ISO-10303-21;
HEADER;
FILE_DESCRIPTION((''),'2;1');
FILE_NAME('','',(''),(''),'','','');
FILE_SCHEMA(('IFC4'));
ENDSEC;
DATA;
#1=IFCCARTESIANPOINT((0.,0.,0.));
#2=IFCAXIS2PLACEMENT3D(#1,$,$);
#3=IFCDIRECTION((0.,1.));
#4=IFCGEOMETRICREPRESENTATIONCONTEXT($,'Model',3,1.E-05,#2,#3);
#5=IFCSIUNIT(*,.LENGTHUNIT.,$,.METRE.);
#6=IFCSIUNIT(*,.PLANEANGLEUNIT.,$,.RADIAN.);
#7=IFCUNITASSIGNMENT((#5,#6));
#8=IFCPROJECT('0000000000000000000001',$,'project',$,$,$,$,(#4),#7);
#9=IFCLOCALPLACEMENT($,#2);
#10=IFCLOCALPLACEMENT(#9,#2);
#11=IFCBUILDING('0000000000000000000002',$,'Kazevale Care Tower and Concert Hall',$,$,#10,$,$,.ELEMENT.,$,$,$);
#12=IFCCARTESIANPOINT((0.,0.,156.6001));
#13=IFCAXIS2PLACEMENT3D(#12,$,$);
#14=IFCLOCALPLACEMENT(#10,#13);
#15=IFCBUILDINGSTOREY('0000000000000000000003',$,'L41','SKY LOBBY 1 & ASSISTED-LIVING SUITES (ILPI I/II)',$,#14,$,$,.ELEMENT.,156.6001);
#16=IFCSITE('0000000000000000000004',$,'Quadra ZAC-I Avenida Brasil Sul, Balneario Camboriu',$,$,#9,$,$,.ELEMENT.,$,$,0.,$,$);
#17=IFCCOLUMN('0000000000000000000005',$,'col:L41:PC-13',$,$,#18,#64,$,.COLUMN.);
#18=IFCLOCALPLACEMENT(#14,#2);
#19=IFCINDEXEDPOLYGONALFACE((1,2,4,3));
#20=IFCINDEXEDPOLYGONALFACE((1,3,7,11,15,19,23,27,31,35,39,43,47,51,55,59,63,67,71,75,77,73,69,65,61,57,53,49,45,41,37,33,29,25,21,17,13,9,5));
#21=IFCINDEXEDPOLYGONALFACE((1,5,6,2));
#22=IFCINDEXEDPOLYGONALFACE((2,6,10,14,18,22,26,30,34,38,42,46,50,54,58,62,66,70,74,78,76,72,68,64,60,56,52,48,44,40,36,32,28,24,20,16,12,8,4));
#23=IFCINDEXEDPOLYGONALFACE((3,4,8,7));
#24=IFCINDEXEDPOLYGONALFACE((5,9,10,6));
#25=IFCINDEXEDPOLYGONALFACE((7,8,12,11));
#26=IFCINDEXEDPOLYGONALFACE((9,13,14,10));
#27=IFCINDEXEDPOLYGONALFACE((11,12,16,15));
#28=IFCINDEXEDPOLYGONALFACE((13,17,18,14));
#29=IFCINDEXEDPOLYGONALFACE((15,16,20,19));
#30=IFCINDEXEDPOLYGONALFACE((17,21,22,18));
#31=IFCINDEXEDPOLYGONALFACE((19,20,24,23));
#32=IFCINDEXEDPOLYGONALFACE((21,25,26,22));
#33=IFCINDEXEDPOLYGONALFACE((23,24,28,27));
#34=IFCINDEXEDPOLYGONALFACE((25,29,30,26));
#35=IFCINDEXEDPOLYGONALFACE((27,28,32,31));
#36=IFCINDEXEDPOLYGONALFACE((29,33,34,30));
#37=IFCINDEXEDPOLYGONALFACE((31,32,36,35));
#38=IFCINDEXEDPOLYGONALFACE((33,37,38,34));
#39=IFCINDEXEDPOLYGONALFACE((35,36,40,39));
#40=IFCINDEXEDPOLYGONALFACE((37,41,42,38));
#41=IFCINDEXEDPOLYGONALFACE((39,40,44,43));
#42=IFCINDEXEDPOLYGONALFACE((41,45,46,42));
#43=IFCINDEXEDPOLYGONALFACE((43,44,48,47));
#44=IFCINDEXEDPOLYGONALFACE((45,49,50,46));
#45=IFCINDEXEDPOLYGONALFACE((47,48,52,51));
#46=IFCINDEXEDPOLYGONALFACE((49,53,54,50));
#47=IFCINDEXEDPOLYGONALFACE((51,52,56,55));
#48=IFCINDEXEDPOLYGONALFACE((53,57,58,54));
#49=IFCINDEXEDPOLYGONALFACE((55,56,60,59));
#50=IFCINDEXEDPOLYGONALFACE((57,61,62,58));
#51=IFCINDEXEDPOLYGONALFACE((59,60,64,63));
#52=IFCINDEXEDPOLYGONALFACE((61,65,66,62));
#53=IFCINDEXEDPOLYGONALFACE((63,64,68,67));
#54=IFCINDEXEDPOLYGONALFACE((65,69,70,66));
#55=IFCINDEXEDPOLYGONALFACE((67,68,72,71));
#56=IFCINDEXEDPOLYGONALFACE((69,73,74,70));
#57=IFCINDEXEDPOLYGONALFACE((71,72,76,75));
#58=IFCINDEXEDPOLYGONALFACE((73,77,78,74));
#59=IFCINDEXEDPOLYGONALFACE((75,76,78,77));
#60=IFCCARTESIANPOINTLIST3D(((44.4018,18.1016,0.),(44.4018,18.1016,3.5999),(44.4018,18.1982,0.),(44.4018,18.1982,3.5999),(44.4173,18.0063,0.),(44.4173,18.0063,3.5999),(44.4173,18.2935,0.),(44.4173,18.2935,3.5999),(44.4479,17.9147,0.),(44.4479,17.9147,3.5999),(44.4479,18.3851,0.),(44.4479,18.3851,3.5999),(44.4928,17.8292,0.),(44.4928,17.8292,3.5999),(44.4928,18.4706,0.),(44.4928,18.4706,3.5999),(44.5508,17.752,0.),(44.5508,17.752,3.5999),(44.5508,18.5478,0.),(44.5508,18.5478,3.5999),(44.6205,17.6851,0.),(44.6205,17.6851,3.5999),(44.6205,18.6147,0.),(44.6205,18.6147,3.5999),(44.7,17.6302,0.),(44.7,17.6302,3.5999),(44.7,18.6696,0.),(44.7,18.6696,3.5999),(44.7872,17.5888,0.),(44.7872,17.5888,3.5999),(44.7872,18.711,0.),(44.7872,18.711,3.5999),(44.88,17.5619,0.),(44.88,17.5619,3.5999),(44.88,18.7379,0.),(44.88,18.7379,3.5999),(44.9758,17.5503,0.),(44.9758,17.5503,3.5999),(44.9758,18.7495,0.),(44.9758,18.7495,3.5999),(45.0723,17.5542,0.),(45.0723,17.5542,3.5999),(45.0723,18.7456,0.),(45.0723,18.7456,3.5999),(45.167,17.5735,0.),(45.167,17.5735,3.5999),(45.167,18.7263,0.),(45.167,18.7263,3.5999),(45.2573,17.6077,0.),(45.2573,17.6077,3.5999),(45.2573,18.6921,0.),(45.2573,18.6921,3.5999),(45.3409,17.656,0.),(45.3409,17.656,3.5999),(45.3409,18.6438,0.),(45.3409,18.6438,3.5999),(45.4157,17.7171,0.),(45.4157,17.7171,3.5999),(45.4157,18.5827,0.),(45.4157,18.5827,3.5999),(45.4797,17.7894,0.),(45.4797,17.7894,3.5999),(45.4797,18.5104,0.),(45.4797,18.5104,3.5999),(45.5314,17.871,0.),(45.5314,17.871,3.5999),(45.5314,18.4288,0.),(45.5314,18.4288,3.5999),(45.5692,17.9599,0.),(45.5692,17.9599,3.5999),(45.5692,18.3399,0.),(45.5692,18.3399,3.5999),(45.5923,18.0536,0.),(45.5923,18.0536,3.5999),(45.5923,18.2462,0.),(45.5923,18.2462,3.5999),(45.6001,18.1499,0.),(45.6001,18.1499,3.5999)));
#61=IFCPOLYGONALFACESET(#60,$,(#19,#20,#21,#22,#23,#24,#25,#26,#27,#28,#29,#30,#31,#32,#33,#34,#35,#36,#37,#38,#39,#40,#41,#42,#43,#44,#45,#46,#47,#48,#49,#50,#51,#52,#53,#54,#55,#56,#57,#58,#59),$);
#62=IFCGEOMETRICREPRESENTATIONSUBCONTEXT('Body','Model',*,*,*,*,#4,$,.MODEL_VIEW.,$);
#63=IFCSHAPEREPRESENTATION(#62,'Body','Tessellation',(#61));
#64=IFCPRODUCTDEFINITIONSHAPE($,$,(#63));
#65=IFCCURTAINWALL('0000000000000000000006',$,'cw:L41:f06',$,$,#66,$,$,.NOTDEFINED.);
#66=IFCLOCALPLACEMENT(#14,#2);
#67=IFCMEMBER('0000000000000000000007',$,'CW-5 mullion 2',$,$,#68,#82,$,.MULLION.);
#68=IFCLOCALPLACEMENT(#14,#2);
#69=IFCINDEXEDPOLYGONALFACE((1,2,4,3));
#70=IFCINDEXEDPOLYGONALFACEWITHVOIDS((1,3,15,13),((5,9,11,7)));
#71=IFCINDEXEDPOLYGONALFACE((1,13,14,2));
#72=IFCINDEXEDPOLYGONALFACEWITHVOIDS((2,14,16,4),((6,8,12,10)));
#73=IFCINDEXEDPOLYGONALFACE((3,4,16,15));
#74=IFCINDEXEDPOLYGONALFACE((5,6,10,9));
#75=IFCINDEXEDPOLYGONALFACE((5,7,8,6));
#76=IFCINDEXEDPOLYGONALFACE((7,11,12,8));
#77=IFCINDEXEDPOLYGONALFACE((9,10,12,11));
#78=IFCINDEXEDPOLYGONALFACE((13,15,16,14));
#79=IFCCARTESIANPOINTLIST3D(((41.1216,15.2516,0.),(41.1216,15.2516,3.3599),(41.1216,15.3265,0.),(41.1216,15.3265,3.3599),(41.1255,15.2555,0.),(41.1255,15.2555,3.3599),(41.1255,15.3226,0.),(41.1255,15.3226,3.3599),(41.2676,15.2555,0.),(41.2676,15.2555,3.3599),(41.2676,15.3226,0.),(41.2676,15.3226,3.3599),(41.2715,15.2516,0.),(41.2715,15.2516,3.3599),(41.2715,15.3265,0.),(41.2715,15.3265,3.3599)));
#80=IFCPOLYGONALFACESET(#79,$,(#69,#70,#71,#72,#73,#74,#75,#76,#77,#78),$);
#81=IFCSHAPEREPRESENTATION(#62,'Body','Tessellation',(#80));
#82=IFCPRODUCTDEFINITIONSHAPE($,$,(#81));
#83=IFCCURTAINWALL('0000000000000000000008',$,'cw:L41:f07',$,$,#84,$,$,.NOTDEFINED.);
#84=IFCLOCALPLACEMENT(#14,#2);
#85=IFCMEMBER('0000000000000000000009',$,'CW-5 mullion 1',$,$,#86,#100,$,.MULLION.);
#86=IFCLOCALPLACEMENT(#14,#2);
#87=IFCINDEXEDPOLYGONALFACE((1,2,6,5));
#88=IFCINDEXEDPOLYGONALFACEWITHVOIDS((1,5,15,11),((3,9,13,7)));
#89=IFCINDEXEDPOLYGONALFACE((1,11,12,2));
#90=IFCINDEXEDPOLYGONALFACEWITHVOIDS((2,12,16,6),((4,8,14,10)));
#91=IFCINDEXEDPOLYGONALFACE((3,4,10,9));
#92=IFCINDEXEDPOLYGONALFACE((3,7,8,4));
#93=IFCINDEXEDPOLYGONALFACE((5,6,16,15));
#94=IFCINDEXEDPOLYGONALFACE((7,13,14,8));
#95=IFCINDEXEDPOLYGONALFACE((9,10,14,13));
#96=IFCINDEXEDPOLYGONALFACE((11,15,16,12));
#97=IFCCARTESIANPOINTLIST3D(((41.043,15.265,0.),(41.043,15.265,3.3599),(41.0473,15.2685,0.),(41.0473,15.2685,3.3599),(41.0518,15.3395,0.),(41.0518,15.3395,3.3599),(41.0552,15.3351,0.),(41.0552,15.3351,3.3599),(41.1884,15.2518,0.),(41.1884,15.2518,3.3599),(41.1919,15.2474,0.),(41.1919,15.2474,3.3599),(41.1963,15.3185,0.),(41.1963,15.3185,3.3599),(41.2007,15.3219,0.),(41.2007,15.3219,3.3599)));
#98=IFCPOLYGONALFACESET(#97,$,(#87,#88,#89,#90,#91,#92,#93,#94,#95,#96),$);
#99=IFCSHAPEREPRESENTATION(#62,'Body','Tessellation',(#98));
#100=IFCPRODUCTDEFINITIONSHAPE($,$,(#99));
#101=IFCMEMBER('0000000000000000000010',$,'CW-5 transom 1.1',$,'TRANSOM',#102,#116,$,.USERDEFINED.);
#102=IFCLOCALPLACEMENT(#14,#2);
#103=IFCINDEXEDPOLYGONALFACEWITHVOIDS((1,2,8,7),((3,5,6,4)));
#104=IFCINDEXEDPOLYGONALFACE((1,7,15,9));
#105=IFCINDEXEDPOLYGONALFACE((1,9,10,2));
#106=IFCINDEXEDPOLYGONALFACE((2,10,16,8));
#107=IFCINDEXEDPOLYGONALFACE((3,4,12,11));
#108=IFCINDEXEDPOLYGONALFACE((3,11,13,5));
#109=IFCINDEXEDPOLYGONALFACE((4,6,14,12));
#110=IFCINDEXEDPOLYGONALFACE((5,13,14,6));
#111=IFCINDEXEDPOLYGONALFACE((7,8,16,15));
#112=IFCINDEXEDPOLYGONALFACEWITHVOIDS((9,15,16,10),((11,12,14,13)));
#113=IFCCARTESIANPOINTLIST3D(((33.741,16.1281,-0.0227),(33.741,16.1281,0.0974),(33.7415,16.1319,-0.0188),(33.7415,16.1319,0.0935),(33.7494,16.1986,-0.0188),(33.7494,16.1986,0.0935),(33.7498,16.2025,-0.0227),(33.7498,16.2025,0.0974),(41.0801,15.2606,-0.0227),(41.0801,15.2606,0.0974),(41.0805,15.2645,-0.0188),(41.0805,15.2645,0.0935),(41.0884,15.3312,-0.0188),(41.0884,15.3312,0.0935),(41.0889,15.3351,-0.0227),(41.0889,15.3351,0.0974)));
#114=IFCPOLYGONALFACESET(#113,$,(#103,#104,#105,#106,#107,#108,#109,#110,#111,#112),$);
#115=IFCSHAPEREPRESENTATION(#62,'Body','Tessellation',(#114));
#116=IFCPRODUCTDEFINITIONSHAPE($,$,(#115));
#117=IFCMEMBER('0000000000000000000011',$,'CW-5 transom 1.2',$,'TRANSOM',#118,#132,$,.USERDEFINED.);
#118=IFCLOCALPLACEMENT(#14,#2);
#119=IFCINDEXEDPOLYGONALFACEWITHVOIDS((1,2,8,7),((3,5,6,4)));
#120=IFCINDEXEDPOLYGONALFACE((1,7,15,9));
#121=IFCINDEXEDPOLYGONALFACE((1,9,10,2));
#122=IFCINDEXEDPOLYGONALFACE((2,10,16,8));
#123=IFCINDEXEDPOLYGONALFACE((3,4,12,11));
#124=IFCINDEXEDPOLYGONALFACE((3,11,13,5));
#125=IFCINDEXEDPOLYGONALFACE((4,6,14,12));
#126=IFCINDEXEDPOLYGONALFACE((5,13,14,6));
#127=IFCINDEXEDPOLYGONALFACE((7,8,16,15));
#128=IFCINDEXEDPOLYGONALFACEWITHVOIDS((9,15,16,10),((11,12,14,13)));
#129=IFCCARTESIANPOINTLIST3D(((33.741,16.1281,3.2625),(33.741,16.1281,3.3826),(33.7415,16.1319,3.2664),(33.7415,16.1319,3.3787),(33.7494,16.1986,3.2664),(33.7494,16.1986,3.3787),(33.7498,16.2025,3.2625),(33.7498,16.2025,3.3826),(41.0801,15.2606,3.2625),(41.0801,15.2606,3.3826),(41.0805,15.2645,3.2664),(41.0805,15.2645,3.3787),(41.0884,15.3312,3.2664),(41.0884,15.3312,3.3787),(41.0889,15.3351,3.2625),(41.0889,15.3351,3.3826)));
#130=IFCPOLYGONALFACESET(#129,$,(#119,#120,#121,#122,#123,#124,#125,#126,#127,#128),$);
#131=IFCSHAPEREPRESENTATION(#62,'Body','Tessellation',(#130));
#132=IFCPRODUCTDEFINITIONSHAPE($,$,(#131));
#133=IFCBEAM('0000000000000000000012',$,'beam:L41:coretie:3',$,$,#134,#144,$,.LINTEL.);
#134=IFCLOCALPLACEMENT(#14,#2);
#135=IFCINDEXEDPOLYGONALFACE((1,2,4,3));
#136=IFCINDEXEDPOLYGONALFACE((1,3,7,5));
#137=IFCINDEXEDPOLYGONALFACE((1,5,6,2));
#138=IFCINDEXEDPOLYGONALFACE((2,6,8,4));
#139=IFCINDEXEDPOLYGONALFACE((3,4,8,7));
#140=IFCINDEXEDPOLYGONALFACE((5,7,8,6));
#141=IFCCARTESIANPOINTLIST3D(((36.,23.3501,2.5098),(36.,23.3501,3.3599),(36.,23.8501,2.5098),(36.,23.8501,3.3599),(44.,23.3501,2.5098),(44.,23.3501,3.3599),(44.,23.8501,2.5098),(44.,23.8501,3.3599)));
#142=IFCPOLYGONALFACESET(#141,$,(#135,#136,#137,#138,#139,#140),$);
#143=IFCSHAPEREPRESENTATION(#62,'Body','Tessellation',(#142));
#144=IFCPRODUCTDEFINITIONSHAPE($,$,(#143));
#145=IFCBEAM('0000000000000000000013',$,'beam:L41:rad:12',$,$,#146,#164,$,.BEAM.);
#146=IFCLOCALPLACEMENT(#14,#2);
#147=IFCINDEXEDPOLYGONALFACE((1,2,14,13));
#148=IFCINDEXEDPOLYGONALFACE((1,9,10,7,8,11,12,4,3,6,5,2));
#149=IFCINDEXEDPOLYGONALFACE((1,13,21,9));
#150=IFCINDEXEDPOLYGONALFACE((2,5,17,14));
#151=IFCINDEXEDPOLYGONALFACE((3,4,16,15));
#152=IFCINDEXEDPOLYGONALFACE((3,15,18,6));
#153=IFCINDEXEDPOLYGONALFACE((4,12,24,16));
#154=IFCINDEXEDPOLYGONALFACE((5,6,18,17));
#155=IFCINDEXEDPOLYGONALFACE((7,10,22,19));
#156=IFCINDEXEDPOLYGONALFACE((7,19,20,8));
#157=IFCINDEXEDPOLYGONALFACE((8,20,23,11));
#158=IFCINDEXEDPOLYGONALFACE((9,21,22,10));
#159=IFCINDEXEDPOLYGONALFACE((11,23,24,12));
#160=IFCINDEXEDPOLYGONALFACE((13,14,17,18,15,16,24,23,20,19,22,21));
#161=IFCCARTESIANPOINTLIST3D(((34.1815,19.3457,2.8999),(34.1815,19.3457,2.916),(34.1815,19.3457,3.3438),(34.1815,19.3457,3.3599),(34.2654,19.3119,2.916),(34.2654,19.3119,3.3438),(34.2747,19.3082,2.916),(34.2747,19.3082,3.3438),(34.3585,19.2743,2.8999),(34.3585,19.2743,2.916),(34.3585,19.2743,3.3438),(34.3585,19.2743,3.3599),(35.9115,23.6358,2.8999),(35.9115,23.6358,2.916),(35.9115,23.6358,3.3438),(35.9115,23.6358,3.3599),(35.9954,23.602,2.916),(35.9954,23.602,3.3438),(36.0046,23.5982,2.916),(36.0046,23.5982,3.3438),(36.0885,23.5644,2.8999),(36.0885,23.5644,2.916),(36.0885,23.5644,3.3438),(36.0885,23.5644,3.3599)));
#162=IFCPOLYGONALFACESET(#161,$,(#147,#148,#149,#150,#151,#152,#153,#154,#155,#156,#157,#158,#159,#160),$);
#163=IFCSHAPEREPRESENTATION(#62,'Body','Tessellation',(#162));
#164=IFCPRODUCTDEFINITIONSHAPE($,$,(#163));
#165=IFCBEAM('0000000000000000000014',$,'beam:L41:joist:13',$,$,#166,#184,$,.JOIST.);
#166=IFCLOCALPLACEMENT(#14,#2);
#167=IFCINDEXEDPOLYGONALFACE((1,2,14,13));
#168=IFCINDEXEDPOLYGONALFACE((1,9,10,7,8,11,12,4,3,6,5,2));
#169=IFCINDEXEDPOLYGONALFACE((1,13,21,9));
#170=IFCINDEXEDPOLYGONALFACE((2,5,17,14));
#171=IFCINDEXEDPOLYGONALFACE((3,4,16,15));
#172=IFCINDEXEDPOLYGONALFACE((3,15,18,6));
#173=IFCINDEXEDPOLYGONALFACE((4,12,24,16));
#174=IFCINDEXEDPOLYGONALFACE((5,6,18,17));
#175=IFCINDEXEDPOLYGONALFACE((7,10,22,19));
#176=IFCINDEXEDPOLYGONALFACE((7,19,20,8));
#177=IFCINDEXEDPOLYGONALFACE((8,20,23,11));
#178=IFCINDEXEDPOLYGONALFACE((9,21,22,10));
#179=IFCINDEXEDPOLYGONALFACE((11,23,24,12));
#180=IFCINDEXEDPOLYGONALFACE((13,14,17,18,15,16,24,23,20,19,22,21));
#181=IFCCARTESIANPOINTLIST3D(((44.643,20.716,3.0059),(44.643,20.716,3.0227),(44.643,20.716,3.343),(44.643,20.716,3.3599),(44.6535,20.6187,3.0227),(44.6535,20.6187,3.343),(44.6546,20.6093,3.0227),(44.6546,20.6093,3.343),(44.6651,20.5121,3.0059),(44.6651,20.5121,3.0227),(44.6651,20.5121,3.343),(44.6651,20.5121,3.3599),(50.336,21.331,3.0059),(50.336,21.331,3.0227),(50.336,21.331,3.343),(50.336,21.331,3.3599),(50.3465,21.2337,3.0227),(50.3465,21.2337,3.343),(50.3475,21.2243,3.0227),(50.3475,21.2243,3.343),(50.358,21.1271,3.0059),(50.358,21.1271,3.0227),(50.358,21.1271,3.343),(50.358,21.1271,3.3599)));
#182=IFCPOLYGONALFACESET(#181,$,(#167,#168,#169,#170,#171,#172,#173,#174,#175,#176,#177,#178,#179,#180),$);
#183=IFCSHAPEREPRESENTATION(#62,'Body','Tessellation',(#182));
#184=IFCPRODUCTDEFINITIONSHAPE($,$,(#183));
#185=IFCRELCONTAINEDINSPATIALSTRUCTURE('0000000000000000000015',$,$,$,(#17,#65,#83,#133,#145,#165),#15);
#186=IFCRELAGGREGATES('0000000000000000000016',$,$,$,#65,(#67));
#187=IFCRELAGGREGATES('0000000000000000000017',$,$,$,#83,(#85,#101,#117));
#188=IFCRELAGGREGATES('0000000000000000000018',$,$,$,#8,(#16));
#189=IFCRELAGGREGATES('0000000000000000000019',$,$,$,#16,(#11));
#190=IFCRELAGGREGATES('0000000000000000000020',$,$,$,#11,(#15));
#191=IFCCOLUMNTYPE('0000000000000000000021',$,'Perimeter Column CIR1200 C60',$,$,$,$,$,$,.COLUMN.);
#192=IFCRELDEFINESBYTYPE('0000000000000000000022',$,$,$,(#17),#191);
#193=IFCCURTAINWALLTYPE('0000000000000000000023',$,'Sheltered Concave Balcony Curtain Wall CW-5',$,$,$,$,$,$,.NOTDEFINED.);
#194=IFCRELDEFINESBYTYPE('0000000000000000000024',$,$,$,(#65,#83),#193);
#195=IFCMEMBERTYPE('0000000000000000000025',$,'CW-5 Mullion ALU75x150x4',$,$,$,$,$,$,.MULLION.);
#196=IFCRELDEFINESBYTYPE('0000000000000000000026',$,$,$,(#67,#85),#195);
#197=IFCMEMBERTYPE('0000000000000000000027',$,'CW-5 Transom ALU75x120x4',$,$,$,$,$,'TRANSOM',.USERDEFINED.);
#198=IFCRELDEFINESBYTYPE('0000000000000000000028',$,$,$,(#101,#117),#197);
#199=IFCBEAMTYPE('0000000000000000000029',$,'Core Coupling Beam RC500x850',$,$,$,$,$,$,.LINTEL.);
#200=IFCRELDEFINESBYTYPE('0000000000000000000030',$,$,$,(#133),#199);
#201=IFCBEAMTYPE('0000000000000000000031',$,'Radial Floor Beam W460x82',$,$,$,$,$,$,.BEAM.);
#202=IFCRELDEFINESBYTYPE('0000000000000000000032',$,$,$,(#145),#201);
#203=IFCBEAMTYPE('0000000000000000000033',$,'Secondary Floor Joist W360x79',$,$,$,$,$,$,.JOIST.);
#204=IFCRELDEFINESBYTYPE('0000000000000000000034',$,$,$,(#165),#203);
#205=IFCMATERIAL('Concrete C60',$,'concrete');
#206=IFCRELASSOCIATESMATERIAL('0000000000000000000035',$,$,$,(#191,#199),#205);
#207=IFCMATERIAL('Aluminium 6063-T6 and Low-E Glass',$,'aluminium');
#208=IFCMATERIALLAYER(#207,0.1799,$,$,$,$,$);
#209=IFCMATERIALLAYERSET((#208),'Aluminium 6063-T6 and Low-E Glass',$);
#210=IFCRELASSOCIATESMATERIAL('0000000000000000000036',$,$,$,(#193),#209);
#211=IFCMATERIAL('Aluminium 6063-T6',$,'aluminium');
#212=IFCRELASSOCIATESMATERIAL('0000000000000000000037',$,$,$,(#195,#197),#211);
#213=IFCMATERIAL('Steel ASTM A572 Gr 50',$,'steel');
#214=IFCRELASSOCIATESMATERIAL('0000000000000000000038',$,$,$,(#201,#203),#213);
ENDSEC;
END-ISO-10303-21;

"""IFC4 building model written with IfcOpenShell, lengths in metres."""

from ifc_helpers import new_model, si_unit, direction, frame, origin, origin_2d, place, context, subcontext, project, spatial, rectangle, hollow_rectangle, circle, i_section, extrude, material, layer, layer_set, material_profile, profile_set, type_object, element, aggregate, save


model = new_model("IFC4")

# Units and contexts
model_context = context("Model", 3, precision=1e-05, world=origin(), true_north=direction((0.0, 1.0)))
body_context = subcontext(model_context, "Body", "Model", "MODEL_VIEW")
ifc_project = project(units=[si_unit("LENGTHUNIT", "METRE"), si_unit("PLANEANGLEUNIT", "RADIAN")], contexts=[model_context])

# Site, building, storey
site_placement = place(None, origin())
site = spatial("IfcSite", under=ifc_project, at=site_placement, Name="Quadra ZAC-I Avenida Brasil Sul, Balneario Camboriu", CompositionType="ELEMENT", RefElevation=0.0)
building_placement = place(site_placement, origin())
building = spatial("IfcBuilding", under=site, at=building_placement, Name="Kazevale Care Tower and Concert Hall", CompositionType="ELEMENT")
storey_placement = place(building_placement, frame((0.0, 0.0, 156.6001)))
storey = spatial("IfcBuildingStorey", under=building, at=storey_placement, Name="L41", Description="SKY LOBBY 1 & ASSISTED-LIVING SUITES (ILPI I/II)", CompositionType="ELEMENT", Elevation=156.6001)

# Column
ifc_material_1 = material(Name="Concrete C60", Category="concrete")
ifc_material_profile_1 = material_profile(ifc_material_1, circle(Radius=0.6001, at=origin_2d()), Name="RC-CIR1200")
ifc_profile_set_1 = profile_set([ifc_material_profile_1], Name="Concrete C60")
column_type = type_object("IfcColumnType", Name="Perimeter Column CIR1200 C60", PredefinedType="COLUMN", material=ifc_profile_set_1)
column_placement = place(storey_placement, frame((45.0, 18.1499, 0.0), z_axis=(0.0, 0.0, 1.0), x_axis=(1.0, 0.0, 0.0)))
element("IfcColumn", 1, at=column_placement, inside=storey, type_object=column_type, Name="col:L41:PC-13", PredefinedType="COLUMN", context=body_context, shape_type="SweptSolid", body=[
    extrude(circle(Radius=0.6001, at=origin_2d()), origin(), (0.0, 0.0, 1.0), 3.5999),
])

# Curtain wall, member
ifc_material_2 = material(Name="Aluminium 6063-T6 and Low-E Glass", Category="aluminium")
ifc_layer_1 = layer(ifc_material_2, 0.1799)
ifc_layer_set_1 = layer_set([ifc_layer_1], Name="Aluminium 6063-T6 and Low-E Glass")
curtain_wall_type = type_object("IfcCurtainWallType", Name="Sheltered Concave Balcony Curtain Wall CW-5", PredefinedType="NOTDEFINED", material=ifc_layer_set_1)
curtain_wall_1_placement = place(storey_placement, origin())
curtain_wall_1 = element("IfcCurtainWall", 2, at=curtain_wall_1_placement, inside=storey, type_object=curtain_wall_type, Name="cw:L41:f06", PredefinedType="NOTDEFINED")
ifc_material_3 = material(Name="Aluminium 6063-T6", Category="aluminium")
ifc_material_profile_2 = material_profile(ifc_material_3, hollow_rectangle(XDim=0.075, YDim=0.1499, WallThickness=0.0039, at=origin_2d()), Name="ALU75x150x4")
ifc_profile_set_2 = profile_set([ifc_material_profile_2], Name="Aluminium 6063-T6")
member_type_1 = type_object("IfcMemberType", Name="CW-5 Mullion ALU75x150x4", PredefinedType="MULLION", material=ifc_profile_set_2)
member_1_placement = place(storey_placement, frame((41.1965, 15.2891, 0.0), z_axis=(0.0, 0.0, 1.0), x_axis=(0.0, -1.0, 0.0)))
member_1 = element("IfcMember", 3, at=member_1_placement, type_object=member_type_1, Name="CW-5 mullion 2", PredefinedType="MULLION", context=body_context, shape_type="SweptSolid", body=[
    extrude(hollow_rectangle(XDim=0.075, YDim=0.1499, WallThickness=0.0039, at=origin_2d()), origin(), (0.0, 0.0, 1.0), 3.3599),
])

# Curtain wall, members
curtain_wall_2_placement = place(storey_placement, origin())
curtain_wall_2 = element("IfcCurtainWall", 4, at=curtain_wall_2_placement, inside=storey, type_object=curtain_wall_type, Name="cw:L41:f07", PredefinedType="NOTDEFINED")
member_2_placement = place(storey_placement, frame((41.1218, 15.2935, 0.0), z_axis=(0.0, 0.0, 1.0), x_axis=(-0.117372, -0.993088, 0.0)))
member_2 = element("IfcMember", 5, at=member_2_placement, type_object=member_type_1, Name="CW-5 mullion 1", PredefinedType="MULLION", context=body_context, shape_type="SweptSolid", body=[
    extrude(hollow_rectangle(XDim=0.075, YDim=0.1499, WallThickness=0.0039, at=origin_2d()), origin(), (0.0, 0.0, 1.0), 3.3599),
])
ifc_material_profile_3 = material_profile(ifc_material_3, hollow_rectangle(XDim=0.075, YDim=0.1201, WallThickness=0.0039, at=origin_2d()), Name="ALU75x120x4")
ifc_profile_set_3 = profile_set([ifc_material_profile_3], Name="Aluminium 6063-T6")
member_type_2 = type_object("IfcMemberType", Name="CW-5 Transom ALU75x120x4", ElementType="TRANSOM", PredefinedType="USERDEFINED", material=ifc_profile_set_3)
member_3_placement = place(storey_placement, frame((41.0845, 15.2979, 0.0374), z_axis=(-0.993088, 0.117376, 0.0), x_axis=(-0.117376, -0.993088, 0.0)))
member_3 = element("IfcMember", 6, at=member_3_placement, type_object=member_type_2, Name="CW-5 transom 1.1", ObjectType="TRANSOM", PredefinedType="USERDEFINED", context=body_context, shape_type="SweptSolid", body=[
    extrude(hollow_rectangle(XDim=0.075, YDim=0.1201, WallThickness=0.0039, at=origin_2d()), origin(), (0.0, 0.0, 1.0), 7.3901),
])
member_4_placement = place(storey_placement, frame((41.0845, 15.2979, 3.3225), z_axis=(-0.993088, 0.117376, 0.0), x_axis=(-0.117376, -0.993088, 0.0)))
member_4 = element("IfcMember", 7, at=member_4_placement, type_object=member_type_2, Name="CW-5 transom 1.2", ObjectType="TRANSOM", PredefinedType="USERDEFINED", context=body_context, shape_type="SweptSolid", body=[
    extrude(hollow_rectangle(XDim=0.075, YDim=0.1201, WallThickness=0.0039, at=origin_2d()), origin(), (0.0, 0.0, 1.0), 7.3901),
])

# Beams
ifc_material_profile_4 = material_profile(ifc_material_1, rectangle(XDim=0.5, YDim=0.8501, at=origin_2d()), Name="RC-B500x850")
ifc_profile_set_4 = profile_set([ifc_material_profile_4], Name="Concrete C60")
beam_type_1 = type_object("IfcBeamType", Name="Core Coupling Beam RC500x850", PredefinedType="LINTEL", material=ifc_profile_set_4)
beam_1_placement = place(storey_placement, frame((36.0, 23.6001, 2.9348), z_axis=(1.0, 0.0, 0.0), x_axis=(0.0, 1.0, 0.0)))
element("IfcBeam", 8, at=beam_1_placement, inside=storey, type_object=beam_type_1, Name="beam:L41:coretie:3", PredefinedType="LINTEL", context=body_context, shape_type="SweptSolid", body=[
    extrude(rectangle(XDim=0.5, YDim=0.8501, at=origin_2d()), origin(), (0.0, 0.0, 1.0), 8.0),
])
ifc_material_4 = material(Name="Steel ASTM A572 Gr 50", Category="steel")
ifc_material_profile_5 = material_profile(ifc_material_4, i_section(OverallWidth=0.1909, OverallDepth=0.46, WebThickness=0.01, FlangeThickness=0.0161, at=origin_2d()), Name="W460x82")
ifc_profile_set_5 = profile_set([ifc_material_profile_5], Name="Steel ASTM A572 Gr 50")
beam_type_2 = type_object("IfcBeamType", Name="Radial Floor Beam W460x82", PredefinedType="BEAM", material=ifc_profile_set_5)
beam_2_placement = place(storey_placement, frame((36.0, 23.6001, 3.1299), z_axis=(-0.373992, -0.927432, 0.0), x_axis=(0.927432, -0.373992, 0.0)))
element("IfcBeam", 9, at=beam_2_placement, inside=storey, type_object=beam_type_2, Name="beam:L41:rad:12", PredefinedType="BEAM", context=body_context, shape_type="SweptSolid", body=[
    extrude(i_section(OverallWidth=0.1909, OverallDepth=0.46, WebThickness=0.01, FlangeThickness=0.0161, at=origin_2d()), origin(), (0.0, 0.0, 1.0), 4.6257),
])
ifc_material_profile_6 = material_profile(ifc_material_4, i_section(OverallWidth=0.2051, OverallDepth=0.354, WebThickness=0.0095, FlangeThickness=0.0168, at=origin_2d()), Name="W360x79")
ifc_profile_set_6 = profile_set([ifc_material_profile_6], Name="Steel ASTM A572 Gr 50")
beam_type_3 = type_object("IfcBeamType", Name="Secondary Floor Joist W360x79", PredefinedType="JOIST", material=ifc_profile_set_6)
beam_3_placement = place(storey_placement, frame((44.6541, 20.614, 3.1829), z_axis=(0.994216, 0.107403, 0.0), x_axis=(-0.107403, 0.994216, 0.0)))
element("IfcBeam", 10, at=beam_3_placement, inside=storey, type_object=beam_type_3, Name="beam:L41:joist:13", PredefinedType="JOIST", context=body_context, shape_type="SweptSolid", body=[
    extrude(i_section(OverallWidth=0.2051, OverallDepth=0.354, WebThickness=0.0095, FlangeThickness=0.0168, at=origin_2d()), origin(), (0.0, 0.0, 1.0), 5.7261),
])

aggregate(curtain_wall_1, [member_1])
aggregate(curtain_wall_2, [member_2, member_3, member_4])

save(model, "model.ifc")
